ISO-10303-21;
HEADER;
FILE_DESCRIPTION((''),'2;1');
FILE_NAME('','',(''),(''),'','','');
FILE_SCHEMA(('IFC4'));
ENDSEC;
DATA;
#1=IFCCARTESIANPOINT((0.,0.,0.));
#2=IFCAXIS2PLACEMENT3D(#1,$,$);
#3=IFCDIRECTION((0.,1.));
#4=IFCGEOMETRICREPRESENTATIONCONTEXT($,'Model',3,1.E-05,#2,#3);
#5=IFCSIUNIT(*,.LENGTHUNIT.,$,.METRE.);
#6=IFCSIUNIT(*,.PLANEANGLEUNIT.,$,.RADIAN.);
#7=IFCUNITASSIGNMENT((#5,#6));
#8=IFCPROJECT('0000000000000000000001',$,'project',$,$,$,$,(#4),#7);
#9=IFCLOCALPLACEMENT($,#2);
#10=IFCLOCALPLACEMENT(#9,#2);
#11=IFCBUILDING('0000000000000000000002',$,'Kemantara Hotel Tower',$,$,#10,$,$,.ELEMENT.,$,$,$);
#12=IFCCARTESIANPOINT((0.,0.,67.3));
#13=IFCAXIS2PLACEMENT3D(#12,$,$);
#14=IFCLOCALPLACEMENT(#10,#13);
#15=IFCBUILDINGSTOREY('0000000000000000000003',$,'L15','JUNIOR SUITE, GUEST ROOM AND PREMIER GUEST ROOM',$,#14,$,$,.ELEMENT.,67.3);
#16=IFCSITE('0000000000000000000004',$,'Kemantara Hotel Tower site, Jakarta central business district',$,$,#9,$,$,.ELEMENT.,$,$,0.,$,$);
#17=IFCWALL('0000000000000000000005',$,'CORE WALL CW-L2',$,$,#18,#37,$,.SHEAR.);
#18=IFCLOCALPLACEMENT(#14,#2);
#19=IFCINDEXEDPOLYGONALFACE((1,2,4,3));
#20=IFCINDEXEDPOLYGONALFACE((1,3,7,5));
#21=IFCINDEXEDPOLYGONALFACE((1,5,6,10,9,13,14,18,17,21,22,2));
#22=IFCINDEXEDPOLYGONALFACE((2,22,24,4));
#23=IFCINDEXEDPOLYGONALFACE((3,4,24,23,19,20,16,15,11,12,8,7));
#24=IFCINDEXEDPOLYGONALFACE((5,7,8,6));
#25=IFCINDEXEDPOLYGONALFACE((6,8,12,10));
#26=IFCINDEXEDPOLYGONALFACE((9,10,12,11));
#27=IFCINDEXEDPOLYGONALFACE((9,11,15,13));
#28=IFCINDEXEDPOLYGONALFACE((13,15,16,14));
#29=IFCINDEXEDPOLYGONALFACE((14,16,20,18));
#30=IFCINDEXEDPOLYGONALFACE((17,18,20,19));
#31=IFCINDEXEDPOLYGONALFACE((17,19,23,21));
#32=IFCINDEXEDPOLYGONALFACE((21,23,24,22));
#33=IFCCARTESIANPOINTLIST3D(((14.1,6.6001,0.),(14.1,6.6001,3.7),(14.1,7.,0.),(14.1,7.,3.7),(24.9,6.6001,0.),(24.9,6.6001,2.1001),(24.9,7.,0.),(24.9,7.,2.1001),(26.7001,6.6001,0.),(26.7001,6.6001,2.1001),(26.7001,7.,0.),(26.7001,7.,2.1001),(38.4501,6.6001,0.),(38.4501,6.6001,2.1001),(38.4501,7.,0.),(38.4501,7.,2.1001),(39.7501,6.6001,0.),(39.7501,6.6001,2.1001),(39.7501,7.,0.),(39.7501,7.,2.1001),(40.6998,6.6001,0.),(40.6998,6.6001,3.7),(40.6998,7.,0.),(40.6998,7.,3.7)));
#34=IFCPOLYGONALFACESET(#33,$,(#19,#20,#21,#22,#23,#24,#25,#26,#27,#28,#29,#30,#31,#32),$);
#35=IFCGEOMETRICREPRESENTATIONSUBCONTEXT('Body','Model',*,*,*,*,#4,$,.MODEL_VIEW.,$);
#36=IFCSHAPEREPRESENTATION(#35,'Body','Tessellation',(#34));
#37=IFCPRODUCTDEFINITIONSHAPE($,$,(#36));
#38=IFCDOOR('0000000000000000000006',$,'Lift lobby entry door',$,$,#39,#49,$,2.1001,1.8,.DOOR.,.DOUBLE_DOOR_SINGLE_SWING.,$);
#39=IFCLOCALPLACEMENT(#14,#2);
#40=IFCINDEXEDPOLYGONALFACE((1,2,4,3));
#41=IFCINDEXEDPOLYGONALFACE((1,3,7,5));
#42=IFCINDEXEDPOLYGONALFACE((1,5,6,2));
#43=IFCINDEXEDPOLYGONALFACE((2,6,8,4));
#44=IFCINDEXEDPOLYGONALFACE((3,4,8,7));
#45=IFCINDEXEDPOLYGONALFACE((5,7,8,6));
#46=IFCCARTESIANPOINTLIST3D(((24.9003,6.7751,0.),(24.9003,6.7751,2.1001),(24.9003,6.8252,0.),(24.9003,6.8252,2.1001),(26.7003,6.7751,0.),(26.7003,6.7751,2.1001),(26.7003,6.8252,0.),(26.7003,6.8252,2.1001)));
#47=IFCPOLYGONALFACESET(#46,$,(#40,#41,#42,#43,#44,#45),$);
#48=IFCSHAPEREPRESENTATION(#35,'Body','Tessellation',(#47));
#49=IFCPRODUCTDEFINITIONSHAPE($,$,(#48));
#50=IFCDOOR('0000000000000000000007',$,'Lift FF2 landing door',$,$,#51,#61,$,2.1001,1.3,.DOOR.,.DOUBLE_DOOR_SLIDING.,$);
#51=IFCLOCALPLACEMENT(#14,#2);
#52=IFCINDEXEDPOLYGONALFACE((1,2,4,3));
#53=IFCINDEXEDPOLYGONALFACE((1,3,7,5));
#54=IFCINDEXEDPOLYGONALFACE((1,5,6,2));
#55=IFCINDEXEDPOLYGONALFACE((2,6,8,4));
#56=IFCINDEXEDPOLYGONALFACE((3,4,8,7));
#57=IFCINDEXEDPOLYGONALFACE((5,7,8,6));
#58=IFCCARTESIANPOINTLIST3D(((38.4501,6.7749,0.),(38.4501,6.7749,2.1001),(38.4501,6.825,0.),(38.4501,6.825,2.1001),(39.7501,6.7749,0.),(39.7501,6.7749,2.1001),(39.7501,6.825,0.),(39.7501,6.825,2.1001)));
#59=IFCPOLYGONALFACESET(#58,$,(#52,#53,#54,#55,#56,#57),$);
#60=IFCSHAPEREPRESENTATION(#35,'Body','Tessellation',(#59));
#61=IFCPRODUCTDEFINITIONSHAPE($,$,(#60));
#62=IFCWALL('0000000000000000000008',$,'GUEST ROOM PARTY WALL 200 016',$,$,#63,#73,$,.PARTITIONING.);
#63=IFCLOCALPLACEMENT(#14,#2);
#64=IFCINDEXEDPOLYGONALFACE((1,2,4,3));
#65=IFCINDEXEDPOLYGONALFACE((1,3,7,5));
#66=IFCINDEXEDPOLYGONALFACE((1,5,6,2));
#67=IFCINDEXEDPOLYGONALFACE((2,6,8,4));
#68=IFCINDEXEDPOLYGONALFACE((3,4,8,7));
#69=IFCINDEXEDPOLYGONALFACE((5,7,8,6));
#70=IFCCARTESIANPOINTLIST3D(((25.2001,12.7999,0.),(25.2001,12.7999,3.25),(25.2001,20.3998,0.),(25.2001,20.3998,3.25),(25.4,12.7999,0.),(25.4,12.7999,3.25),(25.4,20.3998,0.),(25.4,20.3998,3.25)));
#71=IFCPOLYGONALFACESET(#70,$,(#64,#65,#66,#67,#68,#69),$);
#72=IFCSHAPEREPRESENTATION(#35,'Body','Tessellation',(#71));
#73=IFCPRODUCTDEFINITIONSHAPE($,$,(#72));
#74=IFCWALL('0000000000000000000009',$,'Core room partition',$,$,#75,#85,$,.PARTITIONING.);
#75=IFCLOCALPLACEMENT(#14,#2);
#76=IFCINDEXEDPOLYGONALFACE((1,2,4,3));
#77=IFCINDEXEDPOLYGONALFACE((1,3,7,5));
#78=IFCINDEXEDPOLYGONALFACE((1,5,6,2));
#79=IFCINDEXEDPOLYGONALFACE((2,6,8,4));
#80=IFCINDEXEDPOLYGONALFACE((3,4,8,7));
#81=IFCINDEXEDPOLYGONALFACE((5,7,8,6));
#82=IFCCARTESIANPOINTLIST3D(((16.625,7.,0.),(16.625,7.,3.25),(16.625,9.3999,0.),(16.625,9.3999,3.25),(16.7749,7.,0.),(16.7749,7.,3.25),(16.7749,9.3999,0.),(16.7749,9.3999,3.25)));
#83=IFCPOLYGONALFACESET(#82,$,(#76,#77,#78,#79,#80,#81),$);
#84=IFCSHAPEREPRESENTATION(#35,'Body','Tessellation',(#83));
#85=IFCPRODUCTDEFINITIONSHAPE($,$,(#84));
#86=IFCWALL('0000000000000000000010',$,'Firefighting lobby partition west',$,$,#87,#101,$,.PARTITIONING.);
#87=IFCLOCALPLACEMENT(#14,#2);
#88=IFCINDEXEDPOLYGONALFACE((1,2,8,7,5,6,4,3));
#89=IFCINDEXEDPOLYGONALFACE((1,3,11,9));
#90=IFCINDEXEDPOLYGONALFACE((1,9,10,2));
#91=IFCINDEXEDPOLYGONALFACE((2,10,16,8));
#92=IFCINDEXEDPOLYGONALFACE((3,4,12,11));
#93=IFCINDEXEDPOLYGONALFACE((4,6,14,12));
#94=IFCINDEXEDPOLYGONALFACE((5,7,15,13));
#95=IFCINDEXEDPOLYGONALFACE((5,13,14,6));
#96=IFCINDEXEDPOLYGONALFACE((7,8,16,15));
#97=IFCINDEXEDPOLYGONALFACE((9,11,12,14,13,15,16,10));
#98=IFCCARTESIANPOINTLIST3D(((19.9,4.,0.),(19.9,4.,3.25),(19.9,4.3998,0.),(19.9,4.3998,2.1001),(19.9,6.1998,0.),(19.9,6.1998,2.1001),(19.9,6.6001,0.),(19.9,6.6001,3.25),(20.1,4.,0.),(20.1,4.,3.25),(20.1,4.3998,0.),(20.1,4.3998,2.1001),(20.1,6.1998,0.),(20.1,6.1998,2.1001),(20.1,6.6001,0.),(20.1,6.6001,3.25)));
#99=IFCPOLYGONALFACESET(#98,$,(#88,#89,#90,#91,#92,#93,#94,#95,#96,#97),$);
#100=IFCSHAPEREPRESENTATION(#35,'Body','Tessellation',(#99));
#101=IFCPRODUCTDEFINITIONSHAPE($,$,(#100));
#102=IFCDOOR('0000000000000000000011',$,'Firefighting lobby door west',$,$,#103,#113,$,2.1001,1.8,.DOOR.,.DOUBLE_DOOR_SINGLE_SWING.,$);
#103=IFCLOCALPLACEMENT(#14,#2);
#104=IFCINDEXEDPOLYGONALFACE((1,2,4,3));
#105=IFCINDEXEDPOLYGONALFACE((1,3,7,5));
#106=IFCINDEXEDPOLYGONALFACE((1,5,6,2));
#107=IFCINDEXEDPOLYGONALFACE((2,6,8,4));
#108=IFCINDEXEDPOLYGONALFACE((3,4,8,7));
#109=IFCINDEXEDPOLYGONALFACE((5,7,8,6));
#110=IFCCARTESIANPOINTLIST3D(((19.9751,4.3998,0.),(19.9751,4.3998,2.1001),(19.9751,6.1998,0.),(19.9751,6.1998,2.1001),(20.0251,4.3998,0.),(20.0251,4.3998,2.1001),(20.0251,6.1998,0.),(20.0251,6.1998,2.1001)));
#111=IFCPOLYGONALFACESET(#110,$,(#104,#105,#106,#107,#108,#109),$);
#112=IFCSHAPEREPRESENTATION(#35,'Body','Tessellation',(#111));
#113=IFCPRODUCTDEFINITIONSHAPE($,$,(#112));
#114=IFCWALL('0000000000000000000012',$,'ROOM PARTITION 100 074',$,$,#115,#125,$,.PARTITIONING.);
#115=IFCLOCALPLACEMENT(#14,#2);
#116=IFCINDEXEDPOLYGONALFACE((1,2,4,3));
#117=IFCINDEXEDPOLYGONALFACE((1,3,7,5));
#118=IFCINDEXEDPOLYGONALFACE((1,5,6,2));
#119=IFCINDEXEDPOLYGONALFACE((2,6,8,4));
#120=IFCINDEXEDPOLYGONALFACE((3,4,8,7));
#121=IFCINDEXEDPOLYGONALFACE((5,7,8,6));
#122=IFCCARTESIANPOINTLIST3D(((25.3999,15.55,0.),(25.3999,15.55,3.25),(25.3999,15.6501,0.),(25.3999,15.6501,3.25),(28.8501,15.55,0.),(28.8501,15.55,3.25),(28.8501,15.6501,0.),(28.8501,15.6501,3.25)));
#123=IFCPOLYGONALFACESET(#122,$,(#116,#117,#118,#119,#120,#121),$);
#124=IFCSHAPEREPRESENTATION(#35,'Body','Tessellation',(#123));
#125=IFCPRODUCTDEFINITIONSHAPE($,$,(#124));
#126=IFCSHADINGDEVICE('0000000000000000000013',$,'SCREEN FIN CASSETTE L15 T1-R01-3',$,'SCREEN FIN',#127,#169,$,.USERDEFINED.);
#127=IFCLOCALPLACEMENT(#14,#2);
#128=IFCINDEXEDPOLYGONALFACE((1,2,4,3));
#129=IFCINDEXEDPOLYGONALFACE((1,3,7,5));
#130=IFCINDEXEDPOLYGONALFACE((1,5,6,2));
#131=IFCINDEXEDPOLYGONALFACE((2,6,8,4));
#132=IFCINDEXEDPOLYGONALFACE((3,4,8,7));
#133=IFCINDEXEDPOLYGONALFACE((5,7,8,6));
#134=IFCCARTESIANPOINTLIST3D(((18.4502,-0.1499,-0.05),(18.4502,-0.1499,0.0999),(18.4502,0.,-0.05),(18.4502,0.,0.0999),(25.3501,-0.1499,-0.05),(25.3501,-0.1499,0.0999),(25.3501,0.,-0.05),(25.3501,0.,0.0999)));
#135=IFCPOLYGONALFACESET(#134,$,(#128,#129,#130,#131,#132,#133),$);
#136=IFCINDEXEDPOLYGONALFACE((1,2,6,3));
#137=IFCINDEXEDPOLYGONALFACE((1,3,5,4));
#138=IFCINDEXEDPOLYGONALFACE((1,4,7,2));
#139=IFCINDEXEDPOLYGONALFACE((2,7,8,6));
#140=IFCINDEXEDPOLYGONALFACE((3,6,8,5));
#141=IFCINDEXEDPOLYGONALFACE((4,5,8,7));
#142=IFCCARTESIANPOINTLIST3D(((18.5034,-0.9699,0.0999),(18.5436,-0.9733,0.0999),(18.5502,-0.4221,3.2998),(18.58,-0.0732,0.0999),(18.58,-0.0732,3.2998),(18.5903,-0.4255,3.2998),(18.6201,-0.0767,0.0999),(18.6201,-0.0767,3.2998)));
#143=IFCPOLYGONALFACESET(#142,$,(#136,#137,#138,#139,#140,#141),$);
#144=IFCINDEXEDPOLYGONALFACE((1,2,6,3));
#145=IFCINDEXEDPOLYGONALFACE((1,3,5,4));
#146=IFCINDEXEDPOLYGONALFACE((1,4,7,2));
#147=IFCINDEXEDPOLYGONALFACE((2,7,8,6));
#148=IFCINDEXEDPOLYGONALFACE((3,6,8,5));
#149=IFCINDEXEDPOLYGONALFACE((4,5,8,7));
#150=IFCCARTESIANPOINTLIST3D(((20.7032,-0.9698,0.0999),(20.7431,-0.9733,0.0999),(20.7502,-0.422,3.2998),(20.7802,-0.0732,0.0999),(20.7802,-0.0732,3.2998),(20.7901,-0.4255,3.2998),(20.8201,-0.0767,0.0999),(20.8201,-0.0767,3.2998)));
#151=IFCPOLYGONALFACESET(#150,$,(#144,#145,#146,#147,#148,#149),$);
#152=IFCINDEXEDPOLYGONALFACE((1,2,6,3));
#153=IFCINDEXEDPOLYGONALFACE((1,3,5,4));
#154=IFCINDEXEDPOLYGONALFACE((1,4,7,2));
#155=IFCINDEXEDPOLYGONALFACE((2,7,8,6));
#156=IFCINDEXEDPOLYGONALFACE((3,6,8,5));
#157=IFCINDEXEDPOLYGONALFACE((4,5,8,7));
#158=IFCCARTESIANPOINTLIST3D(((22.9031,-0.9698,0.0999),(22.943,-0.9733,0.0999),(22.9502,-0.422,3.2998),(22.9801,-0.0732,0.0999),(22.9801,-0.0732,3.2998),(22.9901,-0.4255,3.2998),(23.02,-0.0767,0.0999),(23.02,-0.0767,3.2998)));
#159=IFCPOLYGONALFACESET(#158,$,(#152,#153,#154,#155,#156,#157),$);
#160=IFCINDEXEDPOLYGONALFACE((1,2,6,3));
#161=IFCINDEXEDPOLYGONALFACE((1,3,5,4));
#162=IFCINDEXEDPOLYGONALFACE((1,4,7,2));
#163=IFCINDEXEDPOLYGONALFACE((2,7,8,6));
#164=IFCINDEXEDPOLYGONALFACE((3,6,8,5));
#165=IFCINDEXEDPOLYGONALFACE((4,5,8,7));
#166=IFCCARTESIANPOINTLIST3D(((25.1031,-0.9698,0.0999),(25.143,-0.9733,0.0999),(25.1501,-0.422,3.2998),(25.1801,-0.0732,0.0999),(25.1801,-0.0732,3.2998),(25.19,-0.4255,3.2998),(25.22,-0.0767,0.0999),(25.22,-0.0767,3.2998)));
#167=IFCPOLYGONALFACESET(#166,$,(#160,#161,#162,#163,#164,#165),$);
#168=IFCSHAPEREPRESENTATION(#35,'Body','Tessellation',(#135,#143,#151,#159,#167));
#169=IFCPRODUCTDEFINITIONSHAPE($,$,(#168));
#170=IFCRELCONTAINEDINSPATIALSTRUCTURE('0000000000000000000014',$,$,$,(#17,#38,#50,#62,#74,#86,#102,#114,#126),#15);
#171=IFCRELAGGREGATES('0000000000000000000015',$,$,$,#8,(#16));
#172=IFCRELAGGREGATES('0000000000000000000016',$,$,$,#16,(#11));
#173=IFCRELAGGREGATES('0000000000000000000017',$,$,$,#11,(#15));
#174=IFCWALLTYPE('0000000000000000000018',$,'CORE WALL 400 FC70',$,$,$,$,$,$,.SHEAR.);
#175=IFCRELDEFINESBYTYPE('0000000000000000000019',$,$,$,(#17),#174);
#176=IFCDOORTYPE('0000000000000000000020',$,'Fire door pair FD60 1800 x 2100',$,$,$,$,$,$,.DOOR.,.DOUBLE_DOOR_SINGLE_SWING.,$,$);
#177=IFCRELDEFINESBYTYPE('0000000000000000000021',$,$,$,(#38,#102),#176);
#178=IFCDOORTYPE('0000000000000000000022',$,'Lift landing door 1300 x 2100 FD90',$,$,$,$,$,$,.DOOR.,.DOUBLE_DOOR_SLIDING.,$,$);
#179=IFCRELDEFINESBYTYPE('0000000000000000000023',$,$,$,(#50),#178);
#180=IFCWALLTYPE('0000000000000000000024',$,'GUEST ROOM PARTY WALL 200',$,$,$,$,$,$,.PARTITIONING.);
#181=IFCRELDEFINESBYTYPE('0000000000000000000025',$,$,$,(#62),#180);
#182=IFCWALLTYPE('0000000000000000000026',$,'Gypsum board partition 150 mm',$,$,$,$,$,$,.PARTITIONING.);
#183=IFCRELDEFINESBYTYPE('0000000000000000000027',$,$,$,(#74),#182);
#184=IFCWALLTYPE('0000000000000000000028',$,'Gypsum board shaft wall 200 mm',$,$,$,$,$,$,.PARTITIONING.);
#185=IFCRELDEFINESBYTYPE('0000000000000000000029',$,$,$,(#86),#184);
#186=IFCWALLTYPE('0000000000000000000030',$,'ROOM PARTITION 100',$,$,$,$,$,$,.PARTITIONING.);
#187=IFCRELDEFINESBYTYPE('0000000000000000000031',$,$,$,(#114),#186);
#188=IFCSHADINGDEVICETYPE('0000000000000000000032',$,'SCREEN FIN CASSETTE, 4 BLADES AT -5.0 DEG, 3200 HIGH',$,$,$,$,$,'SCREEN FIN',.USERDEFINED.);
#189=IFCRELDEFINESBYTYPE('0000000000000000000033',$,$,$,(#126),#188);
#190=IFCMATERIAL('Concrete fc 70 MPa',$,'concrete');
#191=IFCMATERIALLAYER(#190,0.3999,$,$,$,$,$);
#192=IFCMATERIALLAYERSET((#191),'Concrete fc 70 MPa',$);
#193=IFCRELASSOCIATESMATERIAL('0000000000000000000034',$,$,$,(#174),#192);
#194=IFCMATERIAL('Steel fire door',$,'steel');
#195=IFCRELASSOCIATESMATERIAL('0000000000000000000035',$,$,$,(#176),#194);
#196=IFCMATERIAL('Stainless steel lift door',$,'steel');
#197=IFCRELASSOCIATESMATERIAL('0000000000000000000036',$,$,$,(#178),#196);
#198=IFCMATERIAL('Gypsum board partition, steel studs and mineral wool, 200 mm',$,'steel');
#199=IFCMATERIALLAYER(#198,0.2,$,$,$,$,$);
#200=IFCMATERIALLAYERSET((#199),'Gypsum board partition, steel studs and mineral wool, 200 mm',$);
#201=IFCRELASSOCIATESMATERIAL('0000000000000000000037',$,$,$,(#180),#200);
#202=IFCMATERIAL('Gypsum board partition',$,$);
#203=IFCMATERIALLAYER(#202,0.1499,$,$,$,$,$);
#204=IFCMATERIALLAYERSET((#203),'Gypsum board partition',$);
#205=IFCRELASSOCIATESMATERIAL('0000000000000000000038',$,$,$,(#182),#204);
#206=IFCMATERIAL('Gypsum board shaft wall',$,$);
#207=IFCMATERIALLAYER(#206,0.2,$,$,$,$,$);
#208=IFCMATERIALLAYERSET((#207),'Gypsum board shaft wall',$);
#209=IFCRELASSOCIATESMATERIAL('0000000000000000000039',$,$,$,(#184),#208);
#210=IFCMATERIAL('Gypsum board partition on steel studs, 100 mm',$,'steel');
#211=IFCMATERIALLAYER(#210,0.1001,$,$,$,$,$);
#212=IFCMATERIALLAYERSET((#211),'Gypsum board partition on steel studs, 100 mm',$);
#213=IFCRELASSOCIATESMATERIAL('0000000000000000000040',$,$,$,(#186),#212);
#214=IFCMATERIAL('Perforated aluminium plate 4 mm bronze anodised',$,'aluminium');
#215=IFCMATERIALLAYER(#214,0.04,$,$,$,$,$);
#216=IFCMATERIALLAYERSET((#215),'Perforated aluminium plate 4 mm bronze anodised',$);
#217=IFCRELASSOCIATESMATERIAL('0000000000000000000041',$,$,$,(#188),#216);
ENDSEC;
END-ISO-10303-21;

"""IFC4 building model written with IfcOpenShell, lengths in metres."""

from ifc_helpers import new_model, si_unit, direction, frame, frame_2d, origin, origin_2d, place, context, subcontext, project, spatial, polyline, rectangle, outline, extrude, source, transform, mapped, material, layer, layer_set, type_object, element, fill, save


model = new_model("IFC4")

# Units and contexts
model_context = context("Model", 3, precision=1e-05, world=origin(), true_north=direction((0.0, 1.0)))
body_context = subcontext(model_context, "Body", "Model", "MODEL_VIEW")
ifc_project = project(units=[si_unit("LENGTHUNIT", "METRE"), si_unit("PLANEANGLEUNIT", "RADIAN")], contexts=[model_context])

# Site, building, storey
site_placement = place(None, origin())
site = spatial("IfcSite", under=ifc_project, at=site_placement, Name="Kemantara Hotel Tower site, Jakarta central business district", CompositionType="ELEMENT", RefElevation=0.0)
building_placement = place(site_placement, origin())
building = spatial("IfcBuilding", under=site, at=building_placement, Name="Kemantara Hotel Tower", CompositionType="ELEMENT")
storey_placement = place(building_placement, frame((0.0, 0.0, 67.3)))
storey = spatial("IfcBuildingStorey", under=building, at=storey_placement, Name="L15", Description="JUNIOR SUITE, GUEST ROOM AND PREMIER GUEST ROOM", CompositionType="ELEMENT", Elevation=67.3)

# Shared definitions
ifc_material_1 = material(Name="Concrete fc 70 MPa", Category="concrete")

# Wall, openings, doors
ifc_layer_1 = layer(ifc_material_1, 0.3999)
ifc_layer_set_1 = layer_set([ifc_layer_1], Name="Concrete fc 70 MPa")
wall_type_1 = type_object("IfcWallType", Name="CORE WALL 400 FC70", PredefinedType="SHEAR", material=ifc_layer_set_1)
ifc_material_2 = material(Name="Steel fire door", Category="steel")
wall_1_placement = place(storey_placement, frame((14.1001, 6.8, 0.0), z_axis=(0.0, 0.0, 1.0), x_axis=(1.0, 0.0, 0.0)))
wall_1 = element("IfcWall", 1, at=wall_1_placement, inside=storey, type_object=wall_type_1, Name="CORE WALL CW-L2", PredefinedType="SHEAR", context=body_context, shape_type="SweptSolid", body=[
    extrude(rectangle(XDim=26.5999, YDim=0.3999, at=frame_2d((13.2998, 0.0))), origin(), (0.0, 0.0, 1.0), 3.7),
])
opening_1_placement = place(wall_1_placement, frame((10.8, 0.0, 0.0)))
opening_1 = element("IfcOpeningElement", 2, at=opening_1_placement, cuts=wall_1, PredefinedType="OPENING", context=body_context, shape_type="SweptSolid", body=[
    extrude(rectangle(XDim=1.8, YDim=2.1001, at=frame_2d((0.8999, 1.05))), frame((0.0, 0.21, 0.0), z_axis=(0.0, -1.0, 0.0), x_axis=(1.0, 0.0, 0.0)), (0.0, 0.0, 1.0), 0.4199),
])
opening_2_placement = place(wall_1_placement, frame((24.3501, 0.0, 0.0)))
opening_2 = element("IfcOpeningElement", 3, at=opening_2_placement, cuts=wall_1, PredefinedType="OPENING", context=body_context, shape_type="SweptSolid", body=[
    extrude(rectangle(XDim=1.3, YDim=2.1001, at=frame_2d((0.6499, 1.05))), frame((0.0, 0.21, 0.0), z_axis=(0.0, -1.0, 0.0), x_axis=(1.0, 0.0, 0.0)), (0.0, 0.0, 1.0), 0.4199),
])
door_type_1 = type_object("IfcDoorType", Name="Fire door pair FD60 1800 x 2100", OperationType="DOUBLE_DOOR_SINGLE_SWING", PredefinedType="DOOR", material=ifc_material_2)
door_1_placement = place(opening_1_placement, frame((1.8, 0.0, 0.0), z_axis=(0.0, 0.0, 1.0), x_axis=(-1.0, 0.0, 0.0)))
door_1 = element("IfcDoor", 4, at=door_1_placement, inside=storey, type_object=door_type_1, Name="Lift lobby entry door", OperationType="DOUBLE_DOOR_SINGLE_SWING", OverallHeight=2.1001, OverallWidth=1.8, PredefinedType="DOOR", context=body_context, shape_type="SweptSolid", body=[
    extrude(rectangle(XDim=1.8, YDim=2.1001, at=frame_2d((0.8999, 1.05))), frame((0.0, 0.0249, 0.0), z_axis=(0.0, -1.0, 0.0), x_axis=(1.0, 0.0, 0.0)), (0.0, 0.0, 1.0), 0.05),
])
fill(opening_1, door_1)
ifc_material_3 = material(Name="Stainless steel lift door", Category="steel")
door_type_2 = type_object("IfcDoorType", Name="Lift landing door 1300 x 2100 FD90", OperationType="DOUBLE_DOOR_SLIDING", PredefinedType="DOOR", material=ifc_material_3)
door_2_placement = place(opening_2_placement, origin())
door_2 = element("IfcDoor", 5, at=door_2_placement, inside=storey, type_object=door_type_2, Name="Lift FF2 landing door", OperationType="DOUBLE_DOOR_SLIDING", OverallHeight=2.1001, OverallWidth=1.3, PredefinedType="DOOR", context=body_context, shape_type="SweptSolid", body=[
    extrude(rectangle(XDim=1.3, YDim=2.1001, at=frame_2d((0.6499, 1.05))), frame((0.0, 0.0249, 0.0), z_axis=(0.0, -1.0, 0.0), x_axis=(1.0, 0.0, 0.0)), (0.0, 0.0, 1.0), 0.05),
])
fill(opening_2, door_2)

# Walls
ifc_material_4 = material(Name="Gypsum board partition, steel studs and mineral wool, 200 mm", Category="steel")
ifc_layer_2 = layer(ifc_material_4, 0.2)
ifc_layer_set_2 = layer_set([ifc_layer_2], Name="Gypsum board partition, steel studs and mineral wool, 200 mm")
wall_type_2 = type_object("IfcWallType", Name="GUEST ROOM PARTY WALL 200", PredefinedType="PARTITIONING", material=ifc_layer_set_2)
wall_2_placement = place(storey_placement, frame((25.3, 12.8, 0.0), z_axis=(0.0, 0.0, 1.0), x_axis=(0.0, 1.0, 0.0)))
element("IfcWall", 6, at=wall_2_placement, inside=storey, type_object=wall_type_2, Name="GUEST ROOM PARTY WALL 200 016", PredefinedType="PARTITIONING", context=body_context, shape_type="SweptSolid", body=[
    extrude(rectangle(XDim=7.5999, YDim=0.2, at=frame_2d((3.7998, 0.0))), origin(), (0.0, 0.0, 1.0), 3.25),
])
ifc_material_5 = material(Name="Gypsum board partition")
ifc_layer_3 = layer(ifc_material_5, 0.1499)
ifc_layer_set_3 = layer_set([ifc_layer_3], Name="Gypsum board partition")
wall_type_3 = type_object("IfcWallType", Name="Gypsum board partition 150 mm", PredefinedType="PARTITIONING", material=ifc_layer_set_3)
wall_3_placement = place(storey_placement, frame((16.7, 7.0, 0.0), z_axis=(0.0, 0.0, 1.0), x_axis=(0.0, 1.0, 0.0)))
element("IfcWall", 7, at=wall_3_placement, inside=storey, type_object=wall_type_3, Name="Core room partition", PredefinedType="PARTITIONING", context=body_context, shape_type="SweptSolid", body=[
    extrude(rectangle(XDim=2.3999, YDim=0.1499, at=frame_2d((1.2, 0.0))), origin(), (0.0, 0.0, 1.0), 3.25),
])

# Wall, opening, door
ifc_material_6 = material(Name="Gypsum board shaft wall")
ifc_layer_4 = layer(ifc_material_6, 0.2)
ifc_layer_set_4 = layer_set([ifc_layer_4], Name="Gypsum board shaft wall")
wall_type_4 = type_object("IfcWallType", Name="Gypsum board shaft wall 200 mm", PredefinedType="PARTITIONING", material=ifc_layer_set_4)
wall_4_placement = place(storey_placement, frame((20.0, 4.0, 0.0), z_axis=(0.0, 0.0, 1.0), x_axis=(0.0, 1.0, 0.0)))
wall_4 = element("IfcWall", 8, at=wall_4_placement, inside=storey, type_object=wall_type_4, Name="Firefighting lobby partition west", PredefinedType="PARTITIONING", context=body_context, shape_type="SweptSolid", body=[
    extrude(rectangle(XDim=2.6001, YDim=0.2, at=frame_2d((1.3, 0.0))), origin(), (0.0, 0.0, 1.0), 3.25),
])
opening_3_placement = place(wall_4_placement, frame((0.3999, 0.0, 0.0)))
opening_3 = element("IfcOpeningElement", 9, at=opening_3_placement, cuts=wall_4, PredefinedType="OPENING", context=body_context, shape_type="SweptSolid", body=[
    extrude(rectangle(XDim=1.8, YDim=2.1001, at=frame_2d((0.8999, 1.05))), frame((0.0, 0.1099, 0.0), z_axis=(0.0, -1.0, 0.0), x_axis=(1.0, 0.0, 0.0)), (0.0, 0.0, 1.0), 0.22),
])
door_3_placement = place(opening_3_placement, origin())
door_3 = element("IfcDoor", 10, at=door_3_placement, inside=storey, type_object=door_type_1, Name="Firefighting lobby door west", OperationType="DOUBLE_DOOR_SINGLE_SWING", OverallHeight=2.1001, OverallWidth=1.8, PredefinedType="DOOR", context=body_context, shape_type="SweptSolid", body=[
    extrude(rectangle(XDim=1.8, YDim=2.1001, at=frame_2d((0.8999, 1.05))), frame((0.0, 0.0249, 0.0), z_axis=(0.0, -1.0, 0.0), x_axis=(1.0, 0.0, 0.0)), (0.0, 0.0, 1.0), 0.05),
])
fill(opening_3, door_3)

# Wall
ifc_material_7 = material(Name="Gypsum board partition on steel studs, 100 mm", Category="steel")
ifc_layer_5 = layer(ifc_material_7, 0.1001)
ifc_layer_set_5 = layer_set([ifc_layer_5], Name="Gypsum board partition on steel studs, 100 mm")
wall_type_5 = type_object("IfcWallType", Name="ROOM PARTITION 100", PredefinedType="PARTITIONING", material=ifc_layer_set_5)
wall_5_placement = place(storey_placement, frame((25.3999, 15.6001, 0.0), z_axis=(0.0, 0.0, 1.0), x_axis=(1.0, 0.0, 0.0)))
element("IfcWall", 11, at=wall_5_placement, inside=storey, type_object=wall_type_5, Name="ROOM PARTITION 100 074", PredefinedType="PARTITIONING", context=body_context, shape_type="SweptSolid", body=[
    extrude(rectangle(XDim=3.4502, YDim=0.1001, at=frame_2d((1.7251, 0.0))), origin(), (0.0, 0.0, 1.0), 3.25),
])

# Shading device
ifc_material_8 = material(Name="Perforated aluminium plate 4 mm bronze anodised", Category="aluminium")
ifc_layer_6 = layer(ifc_material_8, 0.04)
ifc_layer_set_6 = layer_set([ifc_layer_6], Name="Perforated aluminium plate 4 mm bronze anodised")
shading_device_type = type_object("IfcShadingDeviceType", Name="SCREEN FIN CASSETTE, 4 BLADES AT -5.0 DEG, 3200 HIGH", ElementType="SCREEN FIN", PredefinedType="USERDEFINED", material=ifc_layer_set_6)
shared_shape = source(origin(), body_context, "Body", "SweptSolid", [
    extrude(rectangle(XDim=6.8999, YDim=0.1499, at=origin_2d()), frame((3.3, -0.075, -0.1499), z_axis=(0.0, 0.0, 1.0), x_axis=(1.0, 0.0, 0.0)), (0.0, 0.0, 1.0), 0.1499),
    extrude(outline(polyline([(0.0, 0.0), (0.8999, 0.0), (0.3501, 3.2), (0.0, 3.2), (0.0, 0.0)])), frame((0.02, -0.0767, 0.0), z_axis=(-0.996376, 0.085056, 0.0), x_axis=(-0.085056, -0.996376, 0.0)), (0.0, 0.0, 1.0), 0.0403),
    extrude(outline(polyline([(0.0, 0.0), (0.8999, 0.0), (0.3501, 3.2), (0.0, 3.2), (0.0, 0.0)])), frame((2.22, -0.0767, 0.0), z_axis=(-0.996332, 0.085575, 0.0), x_axis=(-0.085575, -0.996332, 0.0)), (0.0, 0.0, 1.0), 0.04),
    extrude(outline(polyline([(0.0, 0.0), (0.8999, 0.0), (0.3501, 3.2), (0.0, 3.2), (0.0, 0.0)])), frame((4.4199, -0.0767, 0.0), z_axis=(-0.996332, 0.085575, 0.0), x_axis=(-0.085575, -0.996332, 0.0)), (0.0, 0.0, 1.0), 0.04),
    extrude(outline(polyline([(0.0, 0.0), (0.8999, 0.0), (0.3501, 3.2), (0.0, 3.2), (0.0, 0.0)])), frame((6.6199, -0.0767, 0.0), z_axis=(-0.996332, 0.085575, 0.0), x_axis=(-0.085575, -0.996332, 0.0)), (0.0, 0.0, 1.0), 0.04),
])
shading_device_placement = place(storey_placement, frame((18.6001, 0.0, 0.0999), z_axis=(0.0, 0.0, 1.0), x_axis=(1.0, 0.0, 0.0)))
element("IfcShadingDevice", 12, at=shading_device_placement, inside=storey, type_object=shading_device_type, Name="SCREEN FIN CASSETTE L15 T1-R01-3", ObjectType="SCREEN FIN", PredefinedType="USERDEFINED", context=body_context, shape_type="MappedRepresentation", body=[
    mapped(shared_shape, transform((0.0, 0.0, 0.0))),
])

save(model, "model.ifc")
